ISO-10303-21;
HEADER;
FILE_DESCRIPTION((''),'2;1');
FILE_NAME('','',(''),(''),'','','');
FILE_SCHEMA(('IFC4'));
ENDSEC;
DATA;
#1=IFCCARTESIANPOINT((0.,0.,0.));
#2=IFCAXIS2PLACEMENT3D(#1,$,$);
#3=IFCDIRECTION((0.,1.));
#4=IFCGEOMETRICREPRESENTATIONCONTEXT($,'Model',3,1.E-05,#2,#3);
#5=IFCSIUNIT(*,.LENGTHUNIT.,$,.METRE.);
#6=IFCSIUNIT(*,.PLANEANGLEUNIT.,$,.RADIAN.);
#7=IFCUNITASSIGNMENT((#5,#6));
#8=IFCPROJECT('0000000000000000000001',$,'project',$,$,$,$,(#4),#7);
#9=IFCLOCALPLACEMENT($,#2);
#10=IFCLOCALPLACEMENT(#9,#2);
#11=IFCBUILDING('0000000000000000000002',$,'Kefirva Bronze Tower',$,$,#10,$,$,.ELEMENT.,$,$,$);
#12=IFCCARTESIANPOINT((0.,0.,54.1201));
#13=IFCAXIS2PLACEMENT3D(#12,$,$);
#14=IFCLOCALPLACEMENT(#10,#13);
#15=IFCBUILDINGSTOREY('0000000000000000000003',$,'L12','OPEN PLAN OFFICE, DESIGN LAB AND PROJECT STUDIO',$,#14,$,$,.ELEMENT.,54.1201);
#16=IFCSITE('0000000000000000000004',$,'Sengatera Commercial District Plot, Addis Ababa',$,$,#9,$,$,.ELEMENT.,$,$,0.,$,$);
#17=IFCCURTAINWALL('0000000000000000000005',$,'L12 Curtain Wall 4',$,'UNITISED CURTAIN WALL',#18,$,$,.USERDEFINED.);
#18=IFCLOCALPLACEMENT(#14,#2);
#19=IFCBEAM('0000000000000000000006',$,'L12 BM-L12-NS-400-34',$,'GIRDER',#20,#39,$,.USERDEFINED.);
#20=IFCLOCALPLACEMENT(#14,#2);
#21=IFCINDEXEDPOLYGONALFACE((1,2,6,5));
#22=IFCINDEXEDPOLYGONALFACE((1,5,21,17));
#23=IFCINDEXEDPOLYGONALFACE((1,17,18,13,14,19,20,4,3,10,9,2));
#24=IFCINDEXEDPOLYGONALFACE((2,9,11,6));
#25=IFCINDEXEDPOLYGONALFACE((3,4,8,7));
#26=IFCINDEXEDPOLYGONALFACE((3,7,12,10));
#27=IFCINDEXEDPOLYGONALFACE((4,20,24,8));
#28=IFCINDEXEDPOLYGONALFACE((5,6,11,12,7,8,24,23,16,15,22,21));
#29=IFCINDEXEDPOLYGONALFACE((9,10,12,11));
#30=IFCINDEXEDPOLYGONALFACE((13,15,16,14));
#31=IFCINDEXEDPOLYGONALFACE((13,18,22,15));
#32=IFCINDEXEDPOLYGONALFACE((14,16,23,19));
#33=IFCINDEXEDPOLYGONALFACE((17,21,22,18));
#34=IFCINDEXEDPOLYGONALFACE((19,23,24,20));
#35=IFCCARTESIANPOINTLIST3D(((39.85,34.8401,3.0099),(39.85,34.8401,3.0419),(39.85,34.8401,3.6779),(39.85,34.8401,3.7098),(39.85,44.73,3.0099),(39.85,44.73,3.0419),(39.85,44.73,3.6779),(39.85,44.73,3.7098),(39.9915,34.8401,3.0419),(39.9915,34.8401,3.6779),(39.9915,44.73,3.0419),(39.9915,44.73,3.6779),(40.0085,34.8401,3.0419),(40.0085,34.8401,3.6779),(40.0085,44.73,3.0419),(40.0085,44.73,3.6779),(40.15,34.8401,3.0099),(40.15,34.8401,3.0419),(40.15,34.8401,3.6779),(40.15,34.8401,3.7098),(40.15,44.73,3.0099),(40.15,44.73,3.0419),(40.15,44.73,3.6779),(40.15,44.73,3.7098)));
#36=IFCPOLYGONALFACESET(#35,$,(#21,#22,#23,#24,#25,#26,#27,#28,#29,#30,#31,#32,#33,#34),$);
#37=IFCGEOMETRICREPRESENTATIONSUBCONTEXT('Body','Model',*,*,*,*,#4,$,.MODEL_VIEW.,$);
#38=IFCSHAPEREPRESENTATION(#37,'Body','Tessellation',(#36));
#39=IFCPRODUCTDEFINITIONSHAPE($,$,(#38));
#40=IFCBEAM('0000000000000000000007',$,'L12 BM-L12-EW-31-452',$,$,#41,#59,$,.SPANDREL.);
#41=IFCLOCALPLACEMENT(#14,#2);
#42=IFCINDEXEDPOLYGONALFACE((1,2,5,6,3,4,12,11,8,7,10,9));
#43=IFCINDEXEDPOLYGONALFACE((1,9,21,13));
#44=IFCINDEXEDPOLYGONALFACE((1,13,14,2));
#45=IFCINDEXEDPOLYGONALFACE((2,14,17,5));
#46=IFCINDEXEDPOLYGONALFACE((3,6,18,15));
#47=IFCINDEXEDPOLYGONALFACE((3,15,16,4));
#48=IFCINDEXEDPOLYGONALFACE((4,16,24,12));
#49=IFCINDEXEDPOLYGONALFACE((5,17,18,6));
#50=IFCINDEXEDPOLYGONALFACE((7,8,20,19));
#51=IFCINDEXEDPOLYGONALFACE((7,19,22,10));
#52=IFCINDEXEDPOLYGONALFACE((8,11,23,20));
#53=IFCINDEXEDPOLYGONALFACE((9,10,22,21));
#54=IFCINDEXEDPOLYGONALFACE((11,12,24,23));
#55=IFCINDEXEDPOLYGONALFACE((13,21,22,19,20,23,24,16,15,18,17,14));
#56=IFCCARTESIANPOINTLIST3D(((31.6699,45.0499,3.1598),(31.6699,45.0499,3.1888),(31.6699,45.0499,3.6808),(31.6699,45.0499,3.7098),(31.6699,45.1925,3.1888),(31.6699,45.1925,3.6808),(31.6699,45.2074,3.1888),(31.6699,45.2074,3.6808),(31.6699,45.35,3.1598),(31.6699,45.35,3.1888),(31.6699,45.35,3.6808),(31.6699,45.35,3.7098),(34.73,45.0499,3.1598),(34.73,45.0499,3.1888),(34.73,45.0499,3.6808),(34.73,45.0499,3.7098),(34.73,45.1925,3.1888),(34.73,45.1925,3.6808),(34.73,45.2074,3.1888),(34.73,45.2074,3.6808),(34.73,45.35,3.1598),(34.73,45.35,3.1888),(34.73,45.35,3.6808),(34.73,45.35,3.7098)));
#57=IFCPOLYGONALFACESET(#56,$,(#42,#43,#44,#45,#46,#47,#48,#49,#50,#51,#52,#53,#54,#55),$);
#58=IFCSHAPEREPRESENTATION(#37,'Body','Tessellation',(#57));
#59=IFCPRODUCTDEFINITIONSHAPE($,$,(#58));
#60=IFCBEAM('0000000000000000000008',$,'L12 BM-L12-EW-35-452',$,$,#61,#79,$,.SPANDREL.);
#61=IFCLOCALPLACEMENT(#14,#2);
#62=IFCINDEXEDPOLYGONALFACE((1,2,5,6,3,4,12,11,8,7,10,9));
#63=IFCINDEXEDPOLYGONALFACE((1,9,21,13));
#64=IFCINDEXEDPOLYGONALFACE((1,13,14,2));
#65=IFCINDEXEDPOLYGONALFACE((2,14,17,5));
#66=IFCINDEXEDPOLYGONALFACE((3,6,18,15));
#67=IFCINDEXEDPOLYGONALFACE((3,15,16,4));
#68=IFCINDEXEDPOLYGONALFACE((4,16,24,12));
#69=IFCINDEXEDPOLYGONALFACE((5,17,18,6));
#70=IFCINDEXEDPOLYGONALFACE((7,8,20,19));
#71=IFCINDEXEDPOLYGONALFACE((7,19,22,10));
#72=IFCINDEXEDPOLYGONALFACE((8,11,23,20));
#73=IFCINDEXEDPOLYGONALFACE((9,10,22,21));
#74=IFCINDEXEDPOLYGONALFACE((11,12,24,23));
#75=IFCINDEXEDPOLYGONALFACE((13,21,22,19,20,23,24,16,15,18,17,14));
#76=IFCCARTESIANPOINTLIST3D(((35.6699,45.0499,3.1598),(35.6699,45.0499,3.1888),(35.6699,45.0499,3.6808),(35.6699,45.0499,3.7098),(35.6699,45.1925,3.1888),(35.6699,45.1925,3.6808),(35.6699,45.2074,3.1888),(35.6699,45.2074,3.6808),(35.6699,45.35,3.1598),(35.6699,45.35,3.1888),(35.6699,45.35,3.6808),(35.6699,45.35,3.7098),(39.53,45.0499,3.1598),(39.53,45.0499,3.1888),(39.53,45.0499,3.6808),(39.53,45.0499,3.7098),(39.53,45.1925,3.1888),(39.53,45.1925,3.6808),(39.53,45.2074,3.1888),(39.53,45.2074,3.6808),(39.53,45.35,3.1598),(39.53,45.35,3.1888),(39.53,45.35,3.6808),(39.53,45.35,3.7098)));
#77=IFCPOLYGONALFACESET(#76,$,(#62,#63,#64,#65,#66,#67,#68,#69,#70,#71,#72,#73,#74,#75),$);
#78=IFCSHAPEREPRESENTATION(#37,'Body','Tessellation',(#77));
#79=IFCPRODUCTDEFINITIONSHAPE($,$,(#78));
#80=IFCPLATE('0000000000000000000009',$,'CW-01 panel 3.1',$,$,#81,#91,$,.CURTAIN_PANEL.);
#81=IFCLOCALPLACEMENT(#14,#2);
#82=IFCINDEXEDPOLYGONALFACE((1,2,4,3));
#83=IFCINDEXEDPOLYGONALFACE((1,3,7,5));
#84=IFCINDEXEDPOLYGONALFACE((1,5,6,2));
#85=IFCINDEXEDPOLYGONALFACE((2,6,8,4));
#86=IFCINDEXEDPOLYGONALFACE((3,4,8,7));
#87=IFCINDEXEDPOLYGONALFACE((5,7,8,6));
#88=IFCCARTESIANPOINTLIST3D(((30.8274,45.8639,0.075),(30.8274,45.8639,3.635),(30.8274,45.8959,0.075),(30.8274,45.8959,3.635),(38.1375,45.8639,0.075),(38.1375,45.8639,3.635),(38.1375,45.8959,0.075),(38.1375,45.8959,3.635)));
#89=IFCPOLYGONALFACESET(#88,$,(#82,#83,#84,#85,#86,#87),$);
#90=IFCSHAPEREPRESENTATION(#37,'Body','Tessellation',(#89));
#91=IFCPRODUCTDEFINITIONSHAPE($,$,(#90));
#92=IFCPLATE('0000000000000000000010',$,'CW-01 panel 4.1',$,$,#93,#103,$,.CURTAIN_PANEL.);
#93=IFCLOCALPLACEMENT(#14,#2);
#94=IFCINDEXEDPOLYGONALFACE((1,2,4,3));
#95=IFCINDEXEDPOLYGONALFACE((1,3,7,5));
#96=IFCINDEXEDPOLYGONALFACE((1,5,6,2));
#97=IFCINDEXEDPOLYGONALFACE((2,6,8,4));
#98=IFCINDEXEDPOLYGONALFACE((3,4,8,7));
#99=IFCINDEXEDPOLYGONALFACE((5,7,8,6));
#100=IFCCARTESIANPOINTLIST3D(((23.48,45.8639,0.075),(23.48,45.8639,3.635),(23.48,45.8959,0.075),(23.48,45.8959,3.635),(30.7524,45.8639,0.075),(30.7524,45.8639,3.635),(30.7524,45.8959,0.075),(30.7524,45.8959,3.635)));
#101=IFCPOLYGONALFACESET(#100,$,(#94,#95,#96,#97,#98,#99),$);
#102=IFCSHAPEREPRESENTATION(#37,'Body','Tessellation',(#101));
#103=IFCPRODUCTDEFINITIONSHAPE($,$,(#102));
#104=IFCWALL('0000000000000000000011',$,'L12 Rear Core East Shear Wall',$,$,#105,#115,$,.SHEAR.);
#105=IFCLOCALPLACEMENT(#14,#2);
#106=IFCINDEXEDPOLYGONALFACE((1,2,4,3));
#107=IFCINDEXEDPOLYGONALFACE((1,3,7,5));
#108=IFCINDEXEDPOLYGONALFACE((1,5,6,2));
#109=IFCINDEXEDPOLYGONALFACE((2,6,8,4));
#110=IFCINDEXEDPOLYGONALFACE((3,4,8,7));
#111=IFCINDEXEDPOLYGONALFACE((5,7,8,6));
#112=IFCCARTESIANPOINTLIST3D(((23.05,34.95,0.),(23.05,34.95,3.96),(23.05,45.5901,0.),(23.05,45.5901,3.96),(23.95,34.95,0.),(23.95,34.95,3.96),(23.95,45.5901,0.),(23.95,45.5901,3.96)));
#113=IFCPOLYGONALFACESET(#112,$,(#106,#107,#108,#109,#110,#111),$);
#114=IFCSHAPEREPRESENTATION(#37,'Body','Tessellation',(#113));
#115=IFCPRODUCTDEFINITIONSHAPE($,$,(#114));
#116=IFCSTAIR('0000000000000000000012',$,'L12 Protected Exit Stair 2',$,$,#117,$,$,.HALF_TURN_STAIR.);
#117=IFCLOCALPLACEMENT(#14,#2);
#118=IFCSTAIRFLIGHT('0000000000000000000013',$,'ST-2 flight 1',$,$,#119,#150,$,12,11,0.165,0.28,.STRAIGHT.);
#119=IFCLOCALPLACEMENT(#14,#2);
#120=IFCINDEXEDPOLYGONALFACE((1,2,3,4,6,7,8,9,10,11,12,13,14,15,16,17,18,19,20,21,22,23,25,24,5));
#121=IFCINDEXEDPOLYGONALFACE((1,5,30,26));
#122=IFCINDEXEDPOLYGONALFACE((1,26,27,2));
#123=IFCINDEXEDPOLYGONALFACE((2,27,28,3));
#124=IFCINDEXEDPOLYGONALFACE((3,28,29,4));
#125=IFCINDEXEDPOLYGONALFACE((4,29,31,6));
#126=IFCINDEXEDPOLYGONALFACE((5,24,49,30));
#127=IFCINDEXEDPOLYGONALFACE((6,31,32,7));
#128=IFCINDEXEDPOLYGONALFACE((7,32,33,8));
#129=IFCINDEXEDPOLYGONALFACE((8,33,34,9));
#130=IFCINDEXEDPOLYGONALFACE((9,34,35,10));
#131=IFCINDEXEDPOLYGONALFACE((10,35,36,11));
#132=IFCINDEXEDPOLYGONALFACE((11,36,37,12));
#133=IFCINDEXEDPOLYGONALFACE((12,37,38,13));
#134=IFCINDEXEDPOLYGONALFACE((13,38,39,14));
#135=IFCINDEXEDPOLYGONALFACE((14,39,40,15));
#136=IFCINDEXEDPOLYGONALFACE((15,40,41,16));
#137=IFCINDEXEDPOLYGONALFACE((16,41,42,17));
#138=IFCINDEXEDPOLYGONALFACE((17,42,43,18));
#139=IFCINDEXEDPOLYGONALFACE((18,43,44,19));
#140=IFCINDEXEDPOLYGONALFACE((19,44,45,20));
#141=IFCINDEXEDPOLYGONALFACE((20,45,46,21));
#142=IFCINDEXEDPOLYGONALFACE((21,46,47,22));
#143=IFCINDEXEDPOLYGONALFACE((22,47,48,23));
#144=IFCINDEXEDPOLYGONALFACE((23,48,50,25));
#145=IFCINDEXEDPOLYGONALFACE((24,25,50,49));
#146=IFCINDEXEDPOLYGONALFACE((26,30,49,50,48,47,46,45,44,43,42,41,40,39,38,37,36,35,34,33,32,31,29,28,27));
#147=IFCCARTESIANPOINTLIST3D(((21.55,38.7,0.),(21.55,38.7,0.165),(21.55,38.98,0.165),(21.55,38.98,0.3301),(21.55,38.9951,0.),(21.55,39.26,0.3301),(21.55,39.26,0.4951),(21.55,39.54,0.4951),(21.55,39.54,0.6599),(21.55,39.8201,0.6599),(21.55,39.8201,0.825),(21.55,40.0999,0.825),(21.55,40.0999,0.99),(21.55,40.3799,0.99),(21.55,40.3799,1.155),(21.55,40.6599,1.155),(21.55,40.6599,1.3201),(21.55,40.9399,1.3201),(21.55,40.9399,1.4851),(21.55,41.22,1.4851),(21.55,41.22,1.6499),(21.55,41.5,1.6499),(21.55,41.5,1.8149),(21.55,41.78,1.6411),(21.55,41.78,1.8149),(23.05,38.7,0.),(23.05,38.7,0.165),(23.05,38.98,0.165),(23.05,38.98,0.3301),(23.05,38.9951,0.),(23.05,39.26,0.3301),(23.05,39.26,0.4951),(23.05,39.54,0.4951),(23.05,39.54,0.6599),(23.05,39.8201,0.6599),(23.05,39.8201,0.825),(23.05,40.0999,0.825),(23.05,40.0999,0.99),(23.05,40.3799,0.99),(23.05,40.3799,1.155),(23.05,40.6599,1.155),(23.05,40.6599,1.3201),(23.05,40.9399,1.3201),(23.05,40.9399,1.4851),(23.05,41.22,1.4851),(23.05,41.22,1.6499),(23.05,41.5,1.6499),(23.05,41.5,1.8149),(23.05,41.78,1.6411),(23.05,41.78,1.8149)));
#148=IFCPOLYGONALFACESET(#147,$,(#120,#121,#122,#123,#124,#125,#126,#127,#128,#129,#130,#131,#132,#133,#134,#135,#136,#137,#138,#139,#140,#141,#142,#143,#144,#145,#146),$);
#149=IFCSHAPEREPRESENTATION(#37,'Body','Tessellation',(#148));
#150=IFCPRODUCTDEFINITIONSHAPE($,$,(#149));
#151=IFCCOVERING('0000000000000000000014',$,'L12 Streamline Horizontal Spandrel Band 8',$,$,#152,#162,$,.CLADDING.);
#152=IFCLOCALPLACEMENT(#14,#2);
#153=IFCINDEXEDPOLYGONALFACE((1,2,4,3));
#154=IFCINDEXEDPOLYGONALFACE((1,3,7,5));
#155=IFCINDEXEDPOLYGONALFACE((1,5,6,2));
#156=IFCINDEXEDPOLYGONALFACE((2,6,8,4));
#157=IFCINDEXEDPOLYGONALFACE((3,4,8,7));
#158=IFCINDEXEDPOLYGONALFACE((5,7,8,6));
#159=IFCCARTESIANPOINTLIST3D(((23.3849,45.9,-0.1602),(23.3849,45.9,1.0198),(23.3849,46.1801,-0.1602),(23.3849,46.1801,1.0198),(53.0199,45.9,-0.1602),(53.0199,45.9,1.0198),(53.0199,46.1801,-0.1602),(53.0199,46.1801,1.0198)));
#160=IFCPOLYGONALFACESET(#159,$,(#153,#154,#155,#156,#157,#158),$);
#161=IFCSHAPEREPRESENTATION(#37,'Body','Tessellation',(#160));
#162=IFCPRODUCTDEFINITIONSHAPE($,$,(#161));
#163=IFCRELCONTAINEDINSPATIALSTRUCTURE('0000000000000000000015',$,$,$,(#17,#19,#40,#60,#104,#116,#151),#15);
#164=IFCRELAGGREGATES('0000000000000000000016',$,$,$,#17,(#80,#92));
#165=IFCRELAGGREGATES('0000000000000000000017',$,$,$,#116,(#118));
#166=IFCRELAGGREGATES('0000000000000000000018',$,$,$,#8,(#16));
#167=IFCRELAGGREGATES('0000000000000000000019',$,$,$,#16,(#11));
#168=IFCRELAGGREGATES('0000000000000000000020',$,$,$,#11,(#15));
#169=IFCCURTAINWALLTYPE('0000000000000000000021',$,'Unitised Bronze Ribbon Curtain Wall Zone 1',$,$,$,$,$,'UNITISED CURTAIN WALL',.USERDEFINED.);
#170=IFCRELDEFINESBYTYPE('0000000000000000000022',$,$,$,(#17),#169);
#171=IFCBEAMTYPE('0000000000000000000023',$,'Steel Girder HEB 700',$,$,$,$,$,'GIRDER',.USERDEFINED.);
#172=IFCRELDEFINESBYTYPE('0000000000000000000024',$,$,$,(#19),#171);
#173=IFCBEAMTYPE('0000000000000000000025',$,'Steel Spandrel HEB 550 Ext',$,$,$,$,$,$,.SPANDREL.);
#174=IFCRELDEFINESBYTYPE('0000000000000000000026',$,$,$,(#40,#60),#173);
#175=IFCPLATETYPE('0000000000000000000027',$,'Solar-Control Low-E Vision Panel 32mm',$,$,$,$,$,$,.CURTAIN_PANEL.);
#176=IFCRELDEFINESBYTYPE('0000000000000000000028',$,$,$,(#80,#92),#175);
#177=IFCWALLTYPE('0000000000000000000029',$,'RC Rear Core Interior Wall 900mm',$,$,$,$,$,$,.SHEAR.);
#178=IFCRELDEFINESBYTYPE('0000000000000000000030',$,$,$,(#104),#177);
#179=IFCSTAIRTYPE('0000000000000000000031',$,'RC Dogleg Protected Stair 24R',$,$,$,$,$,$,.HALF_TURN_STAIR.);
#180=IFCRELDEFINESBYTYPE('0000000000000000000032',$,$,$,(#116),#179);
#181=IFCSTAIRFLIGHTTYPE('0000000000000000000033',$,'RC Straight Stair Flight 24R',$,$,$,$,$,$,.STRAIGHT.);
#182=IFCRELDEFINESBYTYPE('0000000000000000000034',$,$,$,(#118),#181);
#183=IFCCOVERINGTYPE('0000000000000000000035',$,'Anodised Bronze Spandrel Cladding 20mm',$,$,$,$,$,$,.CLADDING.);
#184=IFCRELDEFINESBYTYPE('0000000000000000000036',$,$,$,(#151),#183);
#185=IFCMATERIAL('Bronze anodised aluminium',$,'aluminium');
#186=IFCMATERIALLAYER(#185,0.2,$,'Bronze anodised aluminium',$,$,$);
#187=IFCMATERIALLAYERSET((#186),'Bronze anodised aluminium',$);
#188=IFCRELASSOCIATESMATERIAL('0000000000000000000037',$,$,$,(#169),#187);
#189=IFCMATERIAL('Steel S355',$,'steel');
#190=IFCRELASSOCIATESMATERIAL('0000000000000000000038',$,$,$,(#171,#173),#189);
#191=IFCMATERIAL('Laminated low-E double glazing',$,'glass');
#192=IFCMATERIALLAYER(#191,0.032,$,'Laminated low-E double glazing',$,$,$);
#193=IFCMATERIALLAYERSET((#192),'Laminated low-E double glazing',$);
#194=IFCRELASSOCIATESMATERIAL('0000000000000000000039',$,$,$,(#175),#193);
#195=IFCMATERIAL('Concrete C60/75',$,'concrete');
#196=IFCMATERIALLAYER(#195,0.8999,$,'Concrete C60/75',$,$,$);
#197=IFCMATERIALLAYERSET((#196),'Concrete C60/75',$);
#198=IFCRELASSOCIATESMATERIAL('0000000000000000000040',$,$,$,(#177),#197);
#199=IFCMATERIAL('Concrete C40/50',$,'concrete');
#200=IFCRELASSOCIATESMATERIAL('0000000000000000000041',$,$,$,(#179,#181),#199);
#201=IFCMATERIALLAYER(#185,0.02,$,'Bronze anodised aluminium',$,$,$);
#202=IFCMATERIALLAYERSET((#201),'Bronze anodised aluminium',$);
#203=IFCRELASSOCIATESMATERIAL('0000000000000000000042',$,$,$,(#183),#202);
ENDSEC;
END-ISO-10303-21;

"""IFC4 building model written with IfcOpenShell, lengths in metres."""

from ifc_helpers import new_model, si_unit, direction, frame, frame_2d, origin, origin_2d, place, context, subcontext, project, spatial, polyline, rectangle, i_section, outline, extrude, material, layer, layer_set, material_profile, profile_set, type_object, element, aggregate, save


model = new_model("IFC4")

# Units and contexts
model_context = context("Model", 3, precision=1e-05, world=origin(), true_north=direction((0.0, 1.0)))
body_context = subcontext(model_context, "Body", "Model", "MODEL_VIEW")
ifc_project = project(units=[si_unit("LENGTHUNIT", "METRE"), si_unit("PLANEANGLEUNIT", "RADIAN")], contexts=[model_context])

# Site, building, storey
site_placement = place(None, origin())
site = spatial("IfcSite", under=ifc_project, at=site_placement, Name="Sengatera Commercial District Plot, Addis Ababa", CompositionType="ELEMENT", RefElevation=0.0)
building_placement = place(site_placement, origin())
building = spatial("IfcBuilding", under=site, at=building_placement, Name="Kefirva Bronze Tower", CompositionType="ELEMENT")
storey_placement = place(building_placement, frame((0.0, 0.0, 54.1201)))
storey = spatial("IfcBuildingStorey", under=building, at=storey_placement, Name="L12", Description="OPEN PLAN OFFICE, DESIGN LAB AND PROJECT STUDIO", CompositionType="ELEMENT", Elevation=54.1201)

# Shared definitions
ifc_material_1 = material(Name="Concrete C60/75", Category="concrete")

# Curtain wall
ifc_material_2 = material(Name="Bronze anodised aluminium", Category="aluminium")
ifc_layer_1 = layer(ifc_material_2, 0.2, Name="Bronze anodised aluminium")
ifc_layer_set_1 = layer_set([ifc_layer_1], Name="Bronze anodised aluminium")
curtain_wall_type = type_object("IfcCurtainWallType", Name="Unitised Bronze Ribbon Curtain Wall Zone 1", ElementType="UNITISED CURTAIN WALL", PredefinedType="USERDEFINED", material=ifc_layer_set_1)
curtain_wall_placement = place(storey_placement, origin())
curtain_wall = element("IfcCurtainWall", 1, at=curtain_wall_placement, inside=storey, type_object=curtain_wall_type, Name="L12 Curtain Wall 4", ObjectType="UNITISED CURTAIN WALL", PredefinedType="USERDEFINED")

# Beams
ifc_material_3 = material(Name="Steel S355", Category="steel")
ifc_material_profile_1 = material_profile(ifc_material_3, i_section(OverallWidth=0.3, OverallDepth=0.7, WebThickness=0.0171, FlangeThickness=0.032, at=origin_2d()), Name="HEB 700")
ifc_profile_set_1 = profile_set([ifc_material_profile_1], Name="Steel S355")
beam_type_1 = type_object("IfcBeamType", Name="Steel Girder HEB 700", ElementType="GIRDER", PredefinedType="USERDEFINED", material=ifc_profile_set_1)
for number, where, z_axis, x_axis, name in (
    (2, (40.0, 34.8401, 3.3599), (0.0, 1.0, 0.0), (-1.0, 0.0, 0.0), "L12 BM-L12-NS-400-34"),
):
    element("IfcBeam", number, at=place(storey_placement, frame(where, z_axis=z_axis, x_axis=x_axis)), inside=storey, type_object=beam_type_1, Name=name, ObjectType="GIRDER", PredefinedType="USERDEFINED", context=body_context, shape_type="SweptSolid", body=[
        extrude(i_section(OverallWidth=0.3, OverallDepth=0.7, WebThickness=0.0171, FlangeThickness=0.032, at=origin_2d()), origin(), (0.0, 0.0, 1.0), 9.8899),
    ])
ifc_material_profile_2 = material_profile(ifc_material_3, i_section(OverallWidth=0.3, OverallDepth=0.55, WebThickness=0.0149, FlangeThickness=0.0291, at=origin_2d()), Name="HEB 550")
ifc_profile_set_2 = profile_set([ifc_material_profile_2], Name="Steel S355")
beam_type_2 = type_object("IfcBeamType", Name="Steel Spandrel HEB 550 Ext", PredefinedType="SPANDREL", material=ifc_profile_set_2)
beam_1_placement = place(storey_placement, frame((31.6699, 45.2, 3.4348), z_axis=(1.0, 0.0, 0.0), x_axis=(0.0, 1.0, 0.0)))
element("IfcBeam", 3, at=beam_1_placement, inside=storey, type_object=beam_type_2, Name="L12 BM-L12-EW-31-452", PredefinedType="SPANDREL", context=body_context, shape_type="SweptSolid", body=[
    extrude(i_section(OverallWidth=0.3, OverallDepth=0.55, WebThickness=0.0149, FlangeThickness=0.0291, at=origin_2d()), origin(), (0.0, 0.0, 1.0), 3.0601),
])
beam_2_placement = place(storey_placement, frame((35.6699, 45.2, 3.4348), z_axis=(1.0, 0.0, 0.0), x_axis=(0.0, 1.0, 0.0)))
element("IfcBeam", 4, at=beam_2_placement, inside=storey, type_object=beam_type_2, Name="L12 BM-L12-EW-35-452", PredefinedType="SPANDREL", context=body_context, shape_type="SweptSolid", body=[
    extrude(i_section(OverallWidth=0.3, OverallDepth=0.55, WebThickness=0.0149, FlangeThickness=0.0291, at=origin_2d()), origin(), (0.0, 0.0, 1.0), 3.8601),
])

# Plates
ifc_material_4 = material(Name="Laminated low-E double glazing", Category="glass")
ifc_layer_2 = layer(ifc_material_4, 0.032, Name="Laminated low-E double glazing")
ifc_layer_set_2 = layer_set([ifc_layer_2], Name="Laminated low-E double glazing")
plate_type = type_object("IfcPlateType", Name="Solar-Control Low-E Vision Panel 32mm", PredefinedType="CURTAIN_PANEL", material=ifc_layer_set_2)
plate_1_placement = place(storey_placement, frame((34.4824, 45.8799, 0.075), z_axis=(0.0, 0.0, 1.0), x_axis=(-1.0, 0.0, 0.0)))
plate_1 = element("IfcPlate", 5, at=plate_1_placement, type_object=plate_type, Name="CW-01 panel 3.1", PredefinedType="CURTAIN_PANEL", context=body_context, shape_type="SweptSolid", body=[
    extrude(rectangle(XDim=7.3101, YDim=0.032, at=origin_2d()), origin(), (0.0, 0.0, 1.0), 3.5601),
])
plate_2_placement = place(storey_placement, frame((27.1162, 45.8799, 0.075), z_axis=(0.0, 0.0, 1.0), x_axis=(-1.0, 0.0, 0.0)))
plate_2 = element("IfcPlate", 6, at=plate_2_placement, type_object=plate_type, Name="CW-01 panel 4.1", PredefinedType="CURTAIN_PANEL", context=body_context, shape_type="SweptSolid", body=[
    extrude(rectangle(XDim=7.2725, YDim=0.032, at=origin_2d()), origin(), (0.0, 0.0, 1.0), 3.5601),
])
aggregate(curtain_wall, [plate_1, plate_2])

# Wall
ifc_layer_3 = layer(ifc_material_1, 0.8999, Name="Concrete C60/75")
ifc_layer_set_3 = layer_set([ifc_layer_3], Name="Concrete C60/75")
wall_type = type_object("IfcWallType", Name="RC Rear Core Interior Wall 900mm", PredefinedType="SHEAR", material=ifc_layer_set_3)
wall_placement = place(storey_placement, frame((23.5, 34.95, 0.0), z_axis=(0.0, 0.0, 1.0), x_axis=(0.0, 1.0, 0.0)))
element("IfcWall", 7, at=wall_placement, inside=storey, type_object=wall_type, Name="L12 Rear Core East Shear Wall", PredefinedType="SHEAR", context=body_context, shape_type="SweptSolid", body=[
    extrude(rectangle(XDim=10.6401, YDim=0.8999, at=frame_2d((5.3201, 0.0))), origin(), (0.0, 0.0, 1.0), 3.96),
])

# Stair, stair flight
ifc_material_5 = material(Name="Concrete C40/50", Category="concrete")
stair_type = type_object("IfcStairType", Name="RC Dogleg Protected Stair 24R", PredefinedType="HALF_TURN_STAIR", material=ifc_material_5)
stair_placement = place(storey_placement, origin())
stair = element("IfcStair", 8, at=stair_placement, inside=storey, type_object=stair_type, Name="L12 Protected Exit Stair 2", PredefinedType="HALF_TURN_STAIR")
stair_flight_type = type_object("IfcStairFlightType", Name="RC Straight Stair Flight 24R", PredefinedType="STRAIGHT", material=ifc_material_5)
stair_flight_placement = place(storey_placement, frame((22.3, 38.7, 0.0), z_axis=(0.0, 0.0, 1.0), x_axis=(0.0, 1.0, 0.0)))
stair_flight = element("IfcStairFlight", 9, at=stair_flight_placement, type_object=stair_flight_type, Name="ST-2 flight 1", NumberOfRisers=12, NumberOfTreads=11, PredefinedType="STRAIGHT", RiserHeight=0.165, TreadLength=0.28, context=body_context, shape_type="SweptSolid", body=[
    extrude(outline(polyline([(0.0, 0.0), (0.0, 0.165), (0.28, 0.165), (0.28, 0.3301), (0.5601, 0.3301), (0.5601, 0.4951), (0.8401, 0.4951), (0.8401, 0.6599), (1.1201, 0.6599), (1.1201, 0.825), (1.3999, 0.825), (1.3999, 0.99), (1.6799, 0.99), (1.6799, 1.155), (1.96, 1.155), (1.96, 1.3201), (2.24, 1.3201), (2.24, 1.4851), (2.52, 1.4851), (2.52, 1.6499), (2.8, 1.6499), (2.8, 1.8149), (3.0801, 1.8149), (3.0801, 1.98), (3.0801, 1.6411), (0.2952, 0.0), (0.0, 0.0)])), frame((0.0, 0.75, 0.0), z_axis=(0.0, -1.0, 0.0), x_axis=(1.0, 0.0, 0.0)), (0.0, 0.0, 1.0), 1.5),
])
aggregate(stair, [stair_flight])

# Covering
ifc_layer_4 = layer(ifc_material_2, 0.02, Name="Bronze anodised aluminium")
ifc_layer_set_4 = layer_set([ifc_layer_4], Name="Bronze anodised aluminium")
covering_type_1 = type_object("IfcCoveringType", Name="Anodised Bronze Spandrel Cladding 20mm", PredefinedType="CLADDING", material=ifc_layer_set_4)
covering_1_placement = place(storey_placement, frame((38.2024, 46.04, -0.1602), z_axis=(0.0, 0.0, 1.0), x_axis=(-1.0, 0.0, 0.0)))
element("IfcCovering", 10, at=covering_1_placement, inside=storey, type_object=covering_type_1, Name="L12 Streamline Horizontal Spandrel Band 8", PredefinedType="CLADDING", context=body_context, shape_type="SweptSolid", body=[
    extrude(rectangle(XDim=29.635, YDim=0.28, at=origin_2d()), origin(), (0.0, 0.0, 1.0), 1.1799),
])

save(model, "model.ifc")
